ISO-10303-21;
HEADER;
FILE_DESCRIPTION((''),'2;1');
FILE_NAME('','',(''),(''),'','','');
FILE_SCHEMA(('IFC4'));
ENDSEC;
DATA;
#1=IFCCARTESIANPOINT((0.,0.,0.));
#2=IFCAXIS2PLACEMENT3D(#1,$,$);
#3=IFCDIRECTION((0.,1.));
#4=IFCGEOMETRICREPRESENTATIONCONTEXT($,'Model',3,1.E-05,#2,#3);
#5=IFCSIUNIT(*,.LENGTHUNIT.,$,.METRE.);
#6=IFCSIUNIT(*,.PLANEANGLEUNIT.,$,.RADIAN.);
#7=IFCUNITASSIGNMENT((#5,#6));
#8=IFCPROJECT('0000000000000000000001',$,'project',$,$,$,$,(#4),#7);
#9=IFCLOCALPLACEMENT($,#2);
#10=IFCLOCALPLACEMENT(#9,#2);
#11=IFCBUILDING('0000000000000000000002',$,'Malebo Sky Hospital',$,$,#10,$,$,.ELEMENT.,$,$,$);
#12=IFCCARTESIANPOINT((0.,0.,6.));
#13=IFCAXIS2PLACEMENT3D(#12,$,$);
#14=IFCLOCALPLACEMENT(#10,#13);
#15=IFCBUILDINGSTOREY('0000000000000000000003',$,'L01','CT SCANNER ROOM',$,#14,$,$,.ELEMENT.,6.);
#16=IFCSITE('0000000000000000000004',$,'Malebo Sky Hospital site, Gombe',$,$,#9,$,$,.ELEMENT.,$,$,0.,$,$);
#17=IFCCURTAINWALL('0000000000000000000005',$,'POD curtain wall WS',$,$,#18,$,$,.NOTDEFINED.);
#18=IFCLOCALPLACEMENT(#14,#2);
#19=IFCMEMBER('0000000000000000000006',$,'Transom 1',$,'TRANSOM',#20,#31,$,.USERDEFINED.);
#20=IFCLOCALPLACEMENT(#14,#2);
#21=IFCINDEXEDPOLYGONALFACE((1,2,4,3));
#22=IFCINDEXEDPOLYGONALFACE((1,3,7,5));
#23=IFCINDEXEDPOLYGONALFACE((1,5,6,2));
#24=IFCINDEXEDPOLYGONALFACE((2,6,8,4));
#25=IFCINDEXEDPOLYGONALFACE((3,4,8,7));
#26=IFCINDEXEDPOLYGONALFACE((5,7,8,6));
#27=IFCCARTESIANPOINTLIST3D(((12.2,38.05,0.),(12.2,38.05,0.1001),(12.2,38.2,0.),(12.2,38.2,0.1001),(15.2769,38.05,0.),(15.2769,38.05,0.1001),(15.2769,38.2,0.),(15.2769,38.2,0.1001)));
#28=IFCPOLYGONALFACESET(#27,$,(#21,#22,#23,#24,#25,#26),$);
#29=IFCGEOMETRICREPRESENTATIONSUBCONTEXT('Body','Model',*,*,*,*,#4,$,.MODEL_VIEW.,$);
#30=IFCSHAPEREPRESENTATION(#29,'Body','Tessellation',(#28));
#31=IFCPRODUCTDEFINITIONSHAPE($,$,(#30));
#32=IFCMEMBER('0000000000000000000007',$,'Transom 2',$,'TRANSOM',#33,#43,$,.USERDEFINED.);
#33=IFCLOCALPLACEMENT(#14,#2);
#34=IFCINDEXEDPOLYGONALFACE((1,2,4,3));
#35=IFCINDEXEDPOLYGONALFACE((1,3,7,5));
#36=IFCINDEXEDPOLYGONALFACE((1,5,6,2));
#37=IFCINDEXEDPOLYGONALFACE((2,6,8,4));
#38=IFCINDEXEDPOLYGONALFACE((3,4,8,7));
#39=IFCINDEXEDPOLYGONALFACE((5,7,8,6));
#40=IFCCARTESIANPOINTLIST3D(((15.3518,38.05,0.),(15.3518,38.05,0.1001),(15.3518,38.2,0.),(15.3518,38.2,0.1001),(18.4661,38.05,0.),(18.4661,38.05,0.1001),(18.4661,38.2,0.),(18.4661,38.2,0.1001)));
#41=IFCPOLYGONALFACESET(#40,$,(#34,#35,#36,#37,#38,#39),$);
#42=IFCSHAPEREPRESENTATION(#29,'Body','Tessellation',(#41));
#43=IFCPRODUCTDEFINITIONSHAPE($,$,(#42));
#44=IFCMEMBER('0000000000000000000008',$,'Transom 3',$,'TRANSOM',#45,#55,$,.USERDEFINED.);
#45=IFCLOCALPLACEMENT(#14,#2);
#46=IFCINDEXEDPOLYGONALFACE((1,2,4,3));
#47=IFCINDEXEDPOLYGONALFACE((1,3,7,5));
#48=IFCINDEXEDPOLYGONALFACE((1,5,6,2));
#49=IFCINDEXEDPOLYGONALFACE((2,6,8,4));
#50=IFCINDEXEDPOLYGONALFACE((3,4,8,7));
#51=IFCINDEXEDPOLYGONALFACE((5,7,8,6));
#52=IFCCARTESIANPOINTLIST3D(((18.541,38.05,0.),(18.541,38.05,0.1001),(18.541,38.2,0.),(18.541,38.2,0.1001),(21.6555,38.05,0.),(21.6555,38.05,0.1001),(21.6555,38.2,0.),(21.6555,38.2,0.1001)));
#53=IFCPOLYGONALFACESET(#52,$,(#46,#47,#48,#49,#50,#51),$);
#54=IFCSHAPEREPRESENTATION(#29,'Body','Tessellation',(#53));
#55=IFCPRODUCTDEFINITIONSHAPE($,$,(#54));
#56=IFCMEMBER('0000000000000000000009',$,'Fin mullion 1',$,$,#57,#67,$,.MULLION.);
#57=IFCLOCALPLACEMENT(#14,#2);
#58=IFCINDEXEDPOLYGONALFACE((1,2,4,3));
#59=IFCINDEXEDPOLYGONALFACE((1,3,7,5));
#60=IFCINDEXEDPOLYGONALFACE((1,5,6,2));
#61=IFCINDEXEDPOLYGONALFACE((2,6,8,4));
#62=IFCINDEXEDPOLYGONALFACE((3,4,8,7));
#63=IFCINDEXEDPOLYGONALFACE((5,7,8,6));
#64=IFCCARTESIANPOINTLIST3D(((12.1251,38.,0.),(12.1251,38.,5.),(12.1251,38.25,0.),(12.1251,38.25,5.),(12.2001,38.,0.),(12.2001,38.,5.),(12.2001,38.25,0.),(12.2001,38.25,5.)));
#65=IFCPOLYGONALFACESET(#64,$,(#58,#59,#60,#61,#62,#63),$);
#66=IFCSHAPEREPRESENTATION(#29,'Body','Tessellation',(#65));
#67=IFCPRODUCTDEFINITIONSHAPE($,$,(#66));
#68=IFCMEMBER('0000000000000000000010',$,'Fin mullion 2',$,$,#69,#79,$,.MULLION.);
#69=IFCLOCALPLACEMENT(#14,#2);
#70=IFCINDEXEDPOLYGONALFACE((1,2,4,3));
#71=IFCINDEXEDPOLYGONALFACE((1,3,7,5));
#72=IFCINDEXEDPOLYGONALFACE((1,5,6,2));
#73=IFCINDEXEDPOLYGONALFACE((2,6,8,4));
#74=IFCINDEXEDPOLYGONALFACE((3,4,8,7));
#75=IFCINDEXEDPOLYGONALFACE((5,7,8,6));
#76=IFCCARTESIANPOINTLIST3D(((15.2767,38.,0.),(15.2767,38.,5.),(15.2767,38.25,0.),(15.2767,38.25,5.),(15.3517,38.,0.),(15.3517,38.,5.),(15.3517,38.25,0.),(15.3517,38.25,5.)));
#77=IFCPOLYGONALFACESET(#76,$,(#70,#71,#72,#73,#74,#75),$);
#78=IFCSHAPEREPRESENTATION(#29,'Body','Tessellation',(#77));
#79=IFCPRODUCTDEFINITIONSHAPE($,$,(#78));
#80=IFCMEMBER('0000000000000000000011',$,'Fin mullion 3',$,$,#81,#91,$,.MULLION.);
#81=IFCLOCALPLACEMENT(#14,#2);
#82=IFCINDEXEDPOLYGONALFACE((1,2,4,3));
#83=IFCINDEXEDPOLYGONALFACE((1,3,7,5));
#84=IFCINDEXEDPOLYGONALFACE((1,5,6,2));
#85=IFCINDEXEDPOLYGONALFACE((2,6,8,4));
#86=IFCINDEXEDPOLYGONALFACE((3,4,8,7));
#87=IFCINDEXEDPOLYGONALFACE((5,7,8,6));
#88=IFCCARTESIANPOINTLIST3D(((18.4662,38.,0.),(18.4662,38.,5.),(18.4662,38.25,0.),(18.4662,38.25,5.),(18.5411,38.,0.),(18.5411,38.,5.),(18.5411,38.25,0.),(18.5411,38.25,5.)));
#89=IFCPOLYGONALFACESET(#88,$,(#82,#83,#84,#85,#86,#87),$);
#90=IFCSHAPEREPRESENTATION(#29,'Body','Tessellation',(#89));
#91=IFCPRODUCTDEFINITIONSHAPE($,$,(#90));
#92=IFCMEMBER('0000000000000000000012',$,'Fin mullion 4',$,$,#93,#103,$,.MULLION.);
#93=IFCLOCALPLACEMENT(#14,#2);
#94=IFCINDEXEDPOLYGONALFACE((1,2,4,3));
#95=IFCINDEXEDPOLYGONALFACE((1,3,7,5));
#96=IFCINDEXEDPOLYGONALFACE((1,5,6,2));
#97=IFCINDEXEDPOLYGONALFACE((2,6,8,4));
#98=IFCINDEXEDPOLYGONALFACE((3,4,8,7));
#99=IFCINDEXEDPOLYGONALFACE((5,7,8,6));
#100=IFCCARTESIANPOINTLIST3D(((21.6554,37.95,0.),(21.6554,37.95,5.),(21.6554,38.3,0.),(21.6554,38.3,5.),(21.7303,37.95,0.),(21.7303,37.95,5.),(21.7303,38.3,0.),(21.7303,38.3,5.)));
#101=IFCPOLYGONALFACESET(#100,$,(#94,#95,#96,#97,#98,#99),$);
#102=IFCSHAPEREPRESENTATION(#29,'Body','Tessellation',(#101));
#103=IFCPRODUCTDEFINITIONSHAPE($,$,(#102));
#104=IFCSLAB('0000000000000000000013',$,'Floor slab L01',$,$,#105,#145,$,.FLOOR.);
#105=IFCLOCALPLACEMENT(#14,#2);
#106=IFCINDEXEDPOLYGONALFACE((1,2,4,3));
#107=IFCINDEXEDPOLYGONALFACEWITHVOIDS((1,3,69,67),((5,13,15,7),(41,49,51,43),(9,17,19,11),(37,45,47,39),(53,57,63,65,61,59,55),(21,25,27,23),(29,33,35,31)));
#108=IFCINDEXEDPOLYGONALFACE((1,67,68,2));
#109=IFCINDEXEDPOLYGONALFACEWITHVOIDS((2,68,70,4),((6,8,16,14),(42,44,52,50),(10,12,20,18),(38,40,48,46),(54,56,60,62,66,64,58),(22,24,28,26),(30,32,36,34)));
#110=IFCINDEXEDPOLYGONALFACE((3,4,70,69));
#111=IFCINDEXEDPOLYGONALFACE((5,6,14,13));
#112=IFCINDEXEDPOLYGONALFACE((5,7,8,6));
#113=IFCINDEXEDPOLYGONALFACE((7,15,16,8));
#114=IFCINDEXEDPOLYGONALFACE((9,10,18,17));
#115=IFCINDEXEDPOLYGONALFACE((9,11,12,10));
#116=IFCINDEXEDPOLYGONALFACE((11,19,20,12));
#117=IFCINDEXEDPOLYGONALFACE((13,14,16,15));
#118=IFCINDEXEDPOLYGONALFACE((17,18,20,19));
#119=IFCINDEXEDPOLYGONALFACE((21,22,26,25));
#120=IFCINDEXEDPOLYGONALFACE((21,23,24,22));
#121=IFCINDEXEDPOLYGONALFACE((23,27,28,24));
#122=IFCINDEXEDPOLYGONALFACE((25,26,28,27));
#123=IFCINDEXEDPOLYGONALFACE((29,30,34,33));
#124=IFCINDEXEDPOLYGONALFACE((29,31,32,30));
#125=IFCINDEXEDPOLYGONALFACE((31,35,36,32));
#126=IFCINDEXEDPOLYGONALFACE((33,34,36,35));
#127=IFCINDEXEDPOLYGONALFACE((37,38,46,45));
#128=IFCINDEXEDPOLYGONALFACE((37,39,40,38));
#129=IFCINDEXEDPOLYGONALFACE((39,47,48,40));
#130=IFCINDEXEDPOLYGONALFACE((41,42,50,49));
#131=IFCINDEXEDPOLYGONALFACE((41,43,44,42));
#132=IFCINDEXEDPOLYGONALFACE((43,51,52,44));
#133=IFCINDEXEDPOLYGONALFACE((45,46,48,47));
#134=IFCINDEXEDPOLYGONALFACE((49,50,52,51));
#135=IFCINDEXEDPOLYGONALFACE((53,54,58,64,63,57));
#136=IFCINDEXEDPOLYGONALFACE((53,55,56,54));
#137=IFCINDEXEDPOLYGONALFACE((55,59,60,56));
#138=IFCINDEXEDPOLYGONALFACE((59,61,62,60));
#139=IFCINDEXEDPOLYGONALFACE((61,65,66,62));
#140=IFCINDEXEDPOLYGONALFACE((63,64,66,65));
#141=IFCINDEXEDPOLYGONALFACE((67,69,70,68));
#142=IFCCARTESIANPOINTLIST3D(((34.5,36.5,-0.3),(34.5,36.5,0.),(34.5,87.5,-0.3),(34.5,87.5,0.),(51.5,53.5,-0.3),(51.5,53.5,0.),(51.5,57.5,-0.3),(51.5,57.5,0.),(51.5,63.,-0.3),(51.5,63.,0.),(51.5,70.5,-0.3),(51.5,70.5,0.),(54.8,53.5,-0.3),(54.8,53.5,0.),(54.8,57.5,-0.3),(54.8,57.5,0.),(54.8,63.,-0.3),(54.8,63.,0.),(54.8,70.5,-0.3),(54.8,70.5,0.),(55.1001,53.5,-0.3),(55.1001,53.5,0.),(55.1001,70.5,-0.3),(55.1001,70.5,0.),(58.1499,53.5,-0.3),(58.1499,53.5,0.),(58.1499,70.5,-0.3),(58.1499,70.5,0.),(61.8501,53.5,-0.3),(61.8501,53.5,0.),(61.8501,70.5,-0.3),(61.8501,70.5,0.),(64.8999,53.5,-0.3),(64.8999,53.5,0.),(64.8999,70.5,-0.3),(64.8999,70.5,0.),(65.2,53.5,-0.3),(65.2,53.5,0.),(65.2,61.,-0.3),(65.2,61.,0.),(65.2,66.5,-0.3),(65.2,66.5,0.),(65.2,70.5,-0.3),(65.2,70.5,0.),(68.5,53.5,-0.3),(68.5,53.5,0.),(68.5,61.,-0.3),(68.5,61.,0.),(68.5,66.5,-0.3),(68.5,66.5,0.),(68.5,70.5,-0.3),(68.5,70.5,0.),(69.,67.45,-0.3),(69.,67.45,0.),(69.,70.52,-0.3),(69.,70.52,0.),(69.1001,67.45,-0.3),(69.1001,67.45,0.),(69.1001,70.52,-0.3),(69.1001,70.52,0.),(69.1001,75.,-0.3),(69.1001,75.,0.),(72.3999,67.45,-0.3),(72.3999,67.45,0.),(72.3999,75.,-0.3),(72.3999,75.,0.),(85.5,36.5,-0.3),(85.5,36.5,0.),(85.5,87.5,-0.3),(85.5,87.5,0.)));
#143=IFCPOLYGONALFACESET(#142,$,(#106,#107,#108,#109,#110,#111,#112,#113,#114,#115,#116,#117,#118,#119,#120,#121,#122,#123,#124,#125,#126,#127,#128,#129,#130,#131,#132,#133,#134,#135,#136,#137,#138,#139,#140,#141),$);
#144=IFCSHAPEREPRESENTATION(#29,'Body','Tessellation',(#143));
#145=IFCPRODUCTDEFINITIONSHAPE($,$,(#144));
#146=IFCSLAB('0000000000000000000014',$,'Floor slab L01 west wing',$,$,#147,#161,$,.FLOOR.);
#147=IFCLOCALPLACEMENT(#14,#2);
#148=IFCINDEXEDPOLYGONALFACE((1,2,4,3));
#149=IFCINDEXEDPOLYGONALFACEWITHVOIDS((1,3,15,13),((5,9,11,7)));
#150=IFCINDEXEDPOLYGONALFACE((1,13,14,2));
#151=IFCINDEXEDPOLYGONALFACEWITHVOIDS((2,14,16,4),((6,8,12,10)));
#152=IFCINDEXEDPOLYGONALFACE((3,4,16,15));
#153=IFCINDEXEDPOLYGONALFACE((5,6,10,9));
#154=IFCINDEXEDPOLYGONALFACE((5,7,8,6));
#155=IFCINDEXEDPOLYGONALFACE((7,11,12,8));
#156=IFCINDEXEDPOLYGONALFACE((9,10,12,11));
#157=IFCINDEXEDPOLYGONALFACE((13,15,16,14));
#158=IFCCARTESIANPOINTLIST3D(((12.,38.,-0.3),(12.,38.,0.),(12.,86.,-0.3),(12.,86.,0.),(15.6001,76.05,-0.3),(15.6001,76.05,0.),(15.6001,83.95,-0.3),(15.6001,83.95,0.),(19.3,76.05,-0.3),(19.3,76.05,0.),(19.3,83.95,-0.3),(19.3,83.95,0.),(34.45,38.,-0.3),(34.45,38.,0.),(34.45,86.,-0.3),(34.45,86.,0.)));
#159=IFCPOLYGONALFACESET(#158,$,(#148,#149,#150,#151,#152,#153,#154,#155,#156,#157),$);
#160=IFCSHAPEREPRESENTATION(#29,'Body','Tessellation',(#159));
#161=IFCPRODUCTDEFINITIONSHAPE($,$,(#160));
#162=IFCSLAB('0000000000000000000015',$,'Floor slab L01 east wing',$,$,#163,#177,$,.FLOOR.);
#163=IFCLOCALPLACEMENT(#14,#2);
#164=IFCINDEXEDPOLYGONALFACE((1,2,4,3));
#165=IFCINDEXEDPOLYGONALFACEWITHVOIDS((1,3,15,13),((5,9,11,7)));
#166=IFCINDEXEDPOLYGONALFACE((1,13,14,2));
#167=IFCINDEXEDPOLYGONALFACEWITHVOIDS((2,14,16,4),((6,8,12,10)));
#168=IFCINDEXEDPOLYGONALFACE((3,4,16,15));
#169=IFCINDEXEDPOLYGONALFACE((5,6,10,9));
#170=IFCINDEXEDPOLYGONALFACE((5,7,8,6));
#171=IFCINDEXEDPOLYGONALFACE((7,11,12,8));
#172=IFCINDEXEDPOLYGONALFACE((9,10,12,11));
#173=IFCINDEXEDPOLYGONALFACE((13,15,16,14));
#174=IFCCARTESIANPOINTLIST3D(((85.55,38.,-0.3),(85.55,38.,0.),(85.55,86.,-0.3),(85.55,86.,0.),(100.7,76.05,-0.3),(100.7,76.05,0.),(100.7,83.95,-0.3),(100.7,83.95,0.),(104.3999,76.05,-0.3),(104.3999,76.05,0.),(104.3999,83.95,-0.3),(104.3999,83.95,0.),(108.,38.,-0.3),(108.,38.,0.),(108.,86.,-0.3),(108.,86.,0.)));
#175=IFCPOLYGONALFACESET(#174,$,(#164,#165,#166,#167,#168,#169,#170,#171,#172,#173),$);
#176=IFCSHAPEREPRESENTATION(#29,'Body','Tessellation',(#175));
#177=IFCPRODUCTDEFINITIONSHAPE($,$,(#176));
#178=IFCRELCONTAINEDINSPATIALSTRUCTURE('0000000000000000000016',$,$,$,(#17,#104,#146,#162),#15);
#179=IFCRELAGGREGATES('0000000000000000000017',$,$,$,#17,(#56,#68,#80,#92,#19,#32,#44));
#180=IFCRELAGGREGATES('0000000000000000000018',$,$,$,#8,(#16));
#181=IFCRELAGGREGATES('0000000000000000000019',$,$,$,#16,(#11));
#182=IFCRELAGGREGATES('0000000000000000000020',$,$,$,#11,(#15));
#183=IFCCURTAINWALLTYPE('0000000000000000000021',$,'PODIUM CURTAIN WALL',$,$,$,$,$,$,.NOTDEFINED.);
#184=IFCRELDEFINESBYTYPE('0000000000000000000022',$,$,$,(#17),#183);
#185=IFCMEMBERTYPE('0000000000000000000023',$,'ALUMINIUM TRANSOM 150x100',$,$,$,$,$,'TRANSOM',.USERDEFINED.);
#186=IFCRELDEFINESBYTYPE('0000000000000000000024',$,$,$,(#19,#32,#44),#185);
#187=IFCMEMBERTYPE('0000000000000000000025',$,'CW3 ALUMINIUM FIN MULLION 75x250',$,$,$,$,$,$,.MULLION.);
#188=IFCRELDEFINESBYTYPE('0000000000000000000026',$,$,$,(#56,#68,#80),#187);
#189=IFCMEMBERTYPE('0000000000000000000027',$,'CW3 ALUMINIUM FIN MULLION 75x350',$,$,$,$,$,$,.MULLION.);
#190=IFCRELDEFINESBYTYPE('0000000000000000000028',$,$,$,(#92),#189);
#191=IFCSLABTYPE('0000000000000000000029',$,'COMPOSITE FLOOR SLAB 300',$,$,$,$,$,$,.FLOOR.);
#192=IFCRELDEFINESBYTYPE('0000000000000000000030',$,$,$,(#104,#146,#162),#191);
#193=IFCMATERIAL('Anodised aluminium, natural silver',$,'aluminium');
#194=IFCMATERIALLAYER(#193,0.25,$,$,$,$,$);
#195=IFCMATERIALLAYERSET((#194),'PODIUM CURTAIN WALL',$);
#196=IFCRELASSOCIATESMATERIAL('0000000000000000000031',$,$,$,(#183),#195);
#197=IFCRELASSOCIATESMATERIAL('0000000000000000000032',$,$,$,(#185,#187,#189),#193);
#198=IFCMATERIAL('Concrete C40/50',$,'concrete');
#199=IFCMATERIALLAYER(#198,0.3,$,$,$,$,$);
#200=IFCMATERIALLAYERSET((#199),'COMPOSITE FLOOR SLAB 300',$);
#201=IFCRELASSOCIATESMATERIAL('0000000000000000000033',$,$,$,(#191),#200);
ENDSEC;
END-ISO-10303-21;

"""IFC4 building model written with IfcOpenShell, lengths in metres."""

from ifc_helpers import new_model, si_unit, direction, frame, origin, origin_2d, place, context, subcontext, project, spatial, polyline, rectangle, outline, extrude, material, layer, layer_set, material_profile, profile_set, type_object, element, aggregate, save


model = new_model("IFC4")

# Units and contexts
model_context = context("Model", 3, precision=1e-05, world=origin(), true_north=direction((0.0, 1.0)))
body_context = subcontext(model_context, "Body", "Model", "MODEL_VIEW")
ifc_project = project(units=[si_unit("LENGTHUNIT", "METRE"), si_unit("PLANEANGLEUNIT", "RADIAN")], contexts=[model_context])

# Site, building, storey
site_placement = place(None, origin())
site = spatial("IfcSite", under=ifc_project, at=site_placement, Name="Malebo Sky Hospital site, Gombe", CompositionType="ELEMENT", RefElevation=0.0)
building_placement = place(site_placement, origin())
building = spatial("IfcBuilding", under=site, at=building_placement, Name="Malebo Sky Hospital", CompositionType="ELEMENT")
storey_placement = place(building_placement, frame((0.0, 0.0, 6.0)))
storey = spatial("IfcBuildingStorey", under=building, at=storey_placement, Name="L01", Description="CT SCANNER ROOM", CompositionType="ELEMENT", Elevation=6.0)

# Curtain wall, members
ifc_material_1 = material(Name="Anodised aluminium, natural silver", Category="aluminium")
ifc_layer_1 = layer(ifc_material_1, 0.25)
ifc_layer_set_1 = layer_set([ifc_layer_1], Name="PODIUM CURTAIN WALL")
curtain_wall_type = type_object("IfcCurtainWallType", Name="PODIUM CURTAIN WALL", PredefinedType="NOTDEFINED", material=ifc_layer_set_1)
curtain_wall_placement = place(storey_placement, origin())
curtain_wall = element("IfcCurtainWall", 1, at=curtain_wall_placement, inside=storey, type_object=curtain_wall_type, Name="POD curtain wall WS", PredefinedType="NOTDEFINED")
ifc_material_profile_1 = material_profile(ifc_material_1, rectangle(XDim=0.1499, YDim=0.1001, at=origin_2d()), Name="ALUMINIUM TRANSOM 150x100")
ifc_profile_set_1 = profile_set([ifc_material_profile_1], Name="Anodised aluminium, natural silver")
member_type_1 = type_object("IfcMemberType", Name="ALUMINIUM TRANSOM 150x100", ElementType="TRANSOM", PredefinedType="USERDEFINED", material=ifc_profile_set_1)
member_1_placement = place(storey_placement, frame((12.2, 38.125, 0.05), z_axis=(1.0, 0.0, 0.0), x_axis=(0.0, 1.0, 0.0)))
member_1 = element("IfcMember", 2, at=member_1_placement, type_object=member_type_1, Name="Transom 1", ObjectType="TRANSOM", PredefinedType="USERDEFINED", context=body_context, shape_type="SweptSolid", body=[
    extrude(rectangle(XDim=0.1499, YDim=0.1001, at=origin_2d()), origin(), (0.0, 0.0, 1.0), 3.0769),
])
member_2_placement = place(storey_placement, frame((15.3518, 38.125, 0.05), z_axis=(1.0, 0.0, 0.0), x_axis=(0.0, 1.0, 0.0)))
member_2 = element("IfcMember", 3, at=member_2_placement, type_object=member_type_1, Name="Transom 2", ObjectType="TRANSOM", PredefinedType="USERDEFINED", context=body_context, shape_type="SweptSolid", body=[
    extrude(rectangle(XDim=0.1499, YDim=0.1001, at=origin_2d()), origin(), (0.0, 0.0, 1.0), 3.1143),
])
member_3_placement = place(storey_placement, frame((18.541, 38.125, 0.05), z_axis=(1.0, 0.0, 0.0), x_axis=(0.0, 1.0, 0.0)))
member_3 = element("IfcMember", 4, at=member_3_placement, type_object=member_type_1, Name="Transom 3", ObjectType="TRANSOM", PredefinedType="USERDEFINED", context=body_context, shape_type="SweptSolid", body=[
    extrude(rectangle(XDim=0.1499, YDim=0.1001, at=origin_2d()), origin(), (0.0, 0.0, 1.0), 3.1145),
])
ifc_material_profile_2 = material_profile(ifc_material_1, rectangle(XDim=0.075, YDim=0.25, at=origin_2d()), Name="CW3 ALUMINIUM FIN MULLION 75x250")
ifc_profile_set_2 = profile_set([ifc_material_profile_2], Name="Anodised aluminium, natural silver")
member_type_2 = type_object("IfcMemberType", Name="CW3 ALUMINIUM FIN MULLION 75x250", PredefinedType="MULLION", material=ifc_profile_set_2)
member_4_placement = place(storey_placement, frame((12.1626, 38.125, 0.0), z_axis=(0.0, 0.0, 1.0), x_axis=(1.0, 0.0, 0.0)))
member_4 = element("IfcMember", 5, at=member_4_placement, type_object=member_type_2, Name="Fin mullion 1", PredefinedType="MULLION", context=body_context, shape_type="SweptSolid", body=[
    extrude(rectangle(XDim=0.075, YDim=0.25, at=origin_2d()), origin(), (0.0, 0.0, 1.0), 5.0),
])
member_5_placement = place(storey_placement, frame((15.3142, 38.125, 0.0), z_axis=(0.0, 0.0, 1.0), x_axis=(1.0, 0.0, 0.0)))
member_5 = element("IfcMember", 6, at=member_5_placement, type_object=member_type_2, Name="Fin mullion 2", PredefinedType="MULLION", context=body_context, shape_type="SweptSolid", body=[
    extrude(rectangle(XDim=0.075, YDim=0.25, at=origin_2d()), origin(), (0.0, 0.0, 1.0), 5.0),
])
member_6_placement = place(storey_placement, frame((18.5037, 38.125, 0.0), z_axis=(0.0, 0.0, 1.0), x_axis=(1.0, 0.0, 0.0)))
member_6 = element("IfcMember", 7, at=member_6_placement, type_object=member_type_2, Name="Fin mullion 3", PredefinedType="MULLION", context=body_context, shape_type="SweptSolid", body=[
    extrude(rectangle(XDim=0.075, YDim=0.25, at=origin_2d()), origin(), (0.0, 0.0, 1.0), 5.0),
])
ifc_material_profile_3 = material_profile(ifc_material_1, rectangle(XDim=0.075, YDim=0.3501, at=origin_2d()), Name="CW3 ALUMINIUM FIN MULLION 75x350")
ifc_profile_set_3 = profile_set([ifc_material_profile_3], Name="Anodised aluminium, natural silver")
member_type_3 = type_object("IfcMemberType", Name="CW3 ALUMINIUM FIN MULLION 75x350", PredefinedType="MULLION", material=ifc_profile_set_3)
member_7_placement = place(storey_placement, frame((21.6929, 38.125, 0.0), z_axis=(0.0, 0.0, 1.0), x_axis=(1.0, 0.0, 0.0)))
member_7 = element("IfcMember", 8, at=member_7_placement, type_object=member_type_3, Name="Fin mullion 4", PredefinedType="MULLION", context=body_context, shape_type="SweptSolid", body=[
    extrude(rectangle(XDim=0.075, YDim=0.3501, at=origin_2d()), origin(), (0.0, 0.0, 1.0), 5.0),
])

# Slabs
ifc_material_2 = material(Name="Concrete C40/50", Category="concrete")
ifc_layer_2 = layer(ifc_material_2, 0.3)
ifc_layer_set_2 = layer_set([ifc_layer_2], Name="COMPOSITE FLOOR SLAB 300")
slab_type_1 = type_object("IfcSlabType", Name="COMPOSITE FLOOR SLAB 300", PredefinedType="FLOOR", material=ifc_layer_set_2)
slab_1_placement = place(storey_placement, frame((0.0, 0.0, -0.3)))
element("IfcSlab", 9, at=slab_1_placement, inside=storey, type_object=slab_type_1, Name="Floor slab L01", PredefinedType="FLOOR", context=body_context, shape_type="SweptSolid", body=[
    extrude(outline(polyline([(34.5, 87.5), (34.5, 36.5), (85.5, 36.5), (85.5, 87.5), (34.5, 87.5)]), holes=[polyline([(55.1001, 70.5), (58.1499, 70.5), (58.1499, 53.5), (55.1001, 53.5), (55.1001, 70.5)]), polyline([(64.8999, 70.5), (64.8999, 53.5), (61.8501, 53.5), (61.8501, 70.5), (64.8999, 70.5)]), polyline([(54.8, 63.0), (51.5, 63.0), (51.5, 70.5), (54.8, 70.5), (54.8, 63.0)]), polyline([(51.5, 53.5), (51.5, 57.5), (54.8, 57.5), (54.8, 53.5), (51.5, 53.5)]), polyline([(65.2, 61.0), (68.5, 61.0), (68.5, 53.5), (65.2, 53.5), (65.2, 61.0)]), polyline([(68.5, 70.5), (68.5, 66.5), (65.2, 66.5), (65.2, 70.5), (68.5, 70.5)]), polyline([(69.0, 67.45), (69.0, 70.52), (69.1001, 70.52), (69.1001, 75.0), (72.3999, 75.0), (72.3999, 67.45), (69.1001, 67.45), (69.0, 67.45)])]), origin(), (0.0, 0.0, 1.0), 0.3),
])
slab_2_placement = place(storey_placement, frame((0.0, 0.0, -0.3)))
element("IfcSlab", 10, at=slab_2_placement, inside=storey, type_object=slab_type_1, Name="Floor slab L01 west wing", PredefinedType="FLOOR", context=body_context, shape_type="SweptSolid", body=[
    extrude(outline(polyline([(34.45, 38.0), (34.45, 86.0), (12.0, 86.0), (12.0, 38.0), (34.45, 38.0)]), holes=[polyline([(19.3, 76.05), (15.6001, 76.05), (15.6001, 83.95), (19.3, 83.95), (19.3, 76.05)])]), origin(), (0.0, 0.0, 1.0), 0.3),
])
slab_3_placement = place(storey_placement, frame((0.0, 0.0, -0.3)))
element("IfcSlab", 11, at=slab_3_placement, inside=storey, type_object=slab_type_1, Name="Floor slab L01 east wing", PredefinedType="FLOOR", context=body_context, shape_type="SweptSolid", body=[
    extrude(outline(polyline([(108.0, 38.0), (108.0, 86.0), (85.55, 86.0), (85.55, 38.0), (108.0, 38.0)]), holes=[polyline([(104.3999, 76.05), (100.7, 76.05), (100.7, 83.95), (104.3999, 83.95), (104.3999, 76.05)])]), origin(), (0.0, 0.0, 1.0), 0.3),
])

aggregate(curtain_wall, [member_4, member_5, member_6, member_7, member_1, member_2, member_3])

save(model, "model.ifc")
